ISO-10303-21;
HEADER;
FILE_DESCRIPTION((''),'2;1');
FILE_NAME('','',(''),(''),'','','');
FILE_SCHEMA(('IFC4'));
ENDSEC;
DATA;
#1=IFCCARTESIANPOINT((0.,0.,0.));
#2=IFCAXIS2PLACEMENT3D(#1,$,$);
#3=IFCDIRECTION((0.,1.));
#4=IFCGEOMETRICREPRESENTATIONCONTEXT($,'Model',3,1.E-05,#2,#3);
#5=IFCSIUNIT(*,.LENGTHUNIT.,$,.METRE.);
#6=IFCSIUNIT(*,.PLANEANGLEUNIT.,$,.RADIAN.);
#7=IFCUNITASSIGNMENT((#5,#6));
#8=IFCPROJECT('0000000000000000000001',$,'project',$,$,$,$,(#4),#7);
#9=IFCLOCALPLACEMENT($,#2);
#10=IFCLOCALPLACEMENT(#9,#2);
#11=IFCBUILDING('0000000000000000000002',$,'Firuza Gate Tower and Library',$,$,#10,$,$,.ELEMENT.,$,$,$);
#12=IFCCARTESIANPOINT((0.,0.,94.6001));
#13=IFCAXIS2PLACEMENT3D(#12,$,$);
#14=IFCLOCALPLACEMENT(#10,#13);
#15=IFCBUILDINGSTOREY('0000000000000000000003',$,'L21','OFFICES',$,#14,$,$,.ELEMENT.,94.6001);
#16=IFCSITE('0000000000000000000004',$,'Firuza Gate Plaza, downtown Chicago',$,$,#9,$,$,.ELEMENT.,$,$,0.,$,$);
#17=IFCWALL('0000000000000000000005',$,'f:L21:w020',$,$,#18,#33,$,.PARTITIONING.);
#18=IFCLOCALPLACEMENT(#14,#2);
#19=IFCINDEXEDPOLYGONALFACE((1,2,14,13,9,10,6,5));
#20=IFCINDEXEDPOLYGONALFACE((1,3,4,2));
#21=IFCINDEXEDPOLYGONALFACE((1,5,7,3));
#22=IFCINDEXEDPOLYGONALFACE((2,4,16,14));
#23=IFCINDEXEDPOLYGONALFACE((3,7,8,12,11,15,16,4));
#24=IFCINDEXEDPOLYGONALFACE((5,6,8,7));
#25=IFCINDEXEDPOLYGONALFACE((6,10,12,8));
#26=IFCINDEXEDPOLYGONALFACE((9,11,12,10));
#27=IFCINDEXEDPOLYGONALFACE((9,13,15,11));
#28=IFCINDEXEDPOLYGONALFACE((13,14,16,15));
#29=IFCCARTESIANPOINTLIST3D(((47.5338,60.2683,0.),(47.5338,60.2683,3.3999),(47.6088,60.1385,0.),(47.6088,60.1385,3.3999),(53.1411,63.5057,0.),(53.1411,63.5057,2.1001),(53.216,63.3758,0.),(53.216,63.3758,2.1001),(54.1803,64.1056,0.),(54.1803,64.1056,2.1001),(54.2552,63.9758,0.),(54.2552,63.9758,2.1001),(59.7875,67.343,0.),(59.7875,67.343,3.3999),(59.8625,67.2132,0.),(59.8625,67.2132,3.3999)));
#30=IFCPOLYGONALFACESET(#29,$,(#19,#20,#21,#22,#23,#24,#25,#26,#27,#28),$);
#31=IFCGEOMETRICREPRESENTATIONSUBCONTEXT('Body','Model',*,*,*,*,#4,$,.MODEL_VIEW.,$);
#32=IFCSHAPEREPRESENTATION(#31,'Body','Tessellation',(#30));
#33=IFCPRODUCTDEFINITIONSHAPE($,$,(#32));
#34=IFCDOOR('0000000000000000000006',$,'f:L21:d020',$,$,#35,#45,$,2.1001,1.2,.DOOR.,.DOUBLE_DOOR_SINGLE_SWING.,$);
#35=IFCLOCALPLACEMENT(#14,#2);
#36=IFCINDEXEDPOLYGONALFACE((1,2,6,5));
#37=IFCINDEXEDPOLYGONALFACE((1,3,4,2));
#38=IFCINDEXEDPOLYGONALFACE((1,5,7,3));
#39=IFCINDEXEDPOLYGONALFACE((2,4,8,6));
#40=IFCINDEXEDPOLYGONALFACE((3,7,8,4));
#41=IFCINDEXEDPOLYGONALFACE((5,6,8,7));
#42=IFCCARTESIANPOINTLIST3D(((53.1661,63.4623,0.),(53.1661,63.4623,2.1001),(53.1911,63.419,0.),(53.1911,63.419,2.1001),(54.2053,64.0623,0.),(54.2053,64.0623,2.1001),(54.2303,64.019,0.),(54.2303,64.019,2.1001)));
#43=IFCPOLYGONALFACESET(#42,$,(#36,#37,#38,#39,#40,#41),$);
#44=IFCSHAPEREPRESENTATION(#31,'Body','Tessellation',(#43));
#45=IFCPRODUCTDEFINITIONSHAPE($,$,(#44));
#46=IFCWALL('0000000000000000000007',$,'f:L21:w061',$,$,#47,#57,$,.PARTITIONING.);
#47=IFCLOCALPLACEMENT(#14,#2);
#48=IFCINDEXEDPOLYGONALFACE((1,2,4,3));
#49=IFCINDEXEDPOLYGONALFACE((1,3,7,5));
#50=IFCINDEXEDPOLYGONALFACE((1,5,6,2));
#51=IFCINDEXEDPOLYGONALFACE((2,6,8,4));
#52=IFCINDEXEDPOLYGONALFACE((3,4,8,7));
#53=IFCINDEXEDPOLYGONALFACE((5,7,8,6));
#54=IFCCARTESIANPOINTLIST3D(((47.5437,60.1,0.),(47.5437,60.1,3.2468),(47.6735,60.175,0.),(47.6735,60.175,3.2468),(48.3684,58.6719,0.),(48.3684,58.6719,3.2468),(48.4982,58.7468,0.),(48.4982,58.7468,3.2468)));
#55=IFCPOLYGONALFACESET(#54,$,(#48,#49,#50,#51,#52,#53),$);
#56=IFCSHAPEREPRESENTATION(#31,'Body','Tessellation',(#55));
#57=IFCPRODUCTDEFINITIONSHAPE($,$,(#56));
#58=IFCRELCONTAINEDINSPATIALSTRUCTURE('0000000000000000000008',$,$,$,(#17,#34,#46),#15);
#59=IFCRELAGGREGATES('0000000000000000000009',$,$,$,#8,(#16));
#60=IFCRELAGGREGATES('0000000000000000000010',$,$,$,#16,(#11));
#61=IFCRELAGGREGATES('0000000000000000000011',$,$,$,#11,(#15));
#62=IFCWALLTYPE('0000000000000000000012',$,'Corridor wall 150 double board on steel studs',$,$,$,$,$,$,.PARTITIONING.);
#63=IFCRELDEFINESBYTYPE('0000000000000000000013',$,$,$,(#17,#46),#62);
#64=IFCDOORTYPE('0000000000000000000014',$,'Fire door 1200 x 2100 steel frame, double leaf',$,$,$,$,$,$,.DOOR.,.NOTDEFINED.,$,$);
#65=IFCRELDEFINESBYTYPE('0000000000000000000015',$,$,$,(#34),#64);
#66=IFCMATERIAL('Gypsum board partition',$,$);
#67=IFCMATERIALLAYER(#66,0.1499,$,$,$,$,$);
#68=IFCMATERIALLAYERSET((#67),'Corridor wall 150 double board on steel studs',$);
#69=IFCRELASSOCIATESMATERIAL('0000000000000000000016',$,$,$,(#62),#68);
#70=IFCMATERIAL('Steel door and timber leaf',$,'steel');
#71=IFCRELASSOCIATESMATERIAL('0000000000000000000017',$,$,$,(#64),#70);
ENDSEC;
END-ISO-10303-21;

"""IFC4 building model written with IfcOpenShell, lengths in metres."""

from ifc_helpers import new_model, si_unit, direction, frame, frame_2d, origin, place, context, subcontext, project, spatial, rectangle, extrude, material, layer, layer_set, type_object, element, fill, save


model = new_model("IFC4")

# Units and contexts
model_context = context("Model", 3, precision=1e-05, world=origin(), true_north=direction((0.0, 1.0)))
body_context = subcontext(model_context, "Body", "Model", "MODEL_VIEW")
ifc_project = project(units=[si_unit("LENGTHUNIT", "METRE"), si_unit("PLANEANGLEUNIT", "RADIAN")], contexts=[model_context])

# Site, building, storey
site_placement = place(None, origin())
site = spatial("IfcSite", under=ifc_project, at=site_placement, Name="Firuza Gate Plaza, downtown Chicago", CompositionType="ELEMENT", RefElevation=0.0)
building_placement = place(site_placement, origin())
building = spatial("IfcBuilding", under=site, at=building_placement, Name="Firuza Gate Tower and Library", CompositionType="ELEMENT")
storey_placement = place(building_placement, frame((0.0, 0.0, 94.6001)))
storey = spatial("IfcBuildingStorey", under=building, at=storey_placement, Name="L21", Description="OFFICES", CompositionType="ELEMENT", Elevation=94.6001)

# Shared definitions
ifc_material_1 = material(Name="Gypsum board partition")
ifc_layer_1 = layer(ifc_material_1, 0.1499)
ifc_layer_set_1 = layer_set([ifc_layer_1], Name="Corridor wall 150 double board on steel studs")
wall_type = type_object("IfcWallType", Name="Corridor wall 150 double board on steel studs", PredefinedType="PARTITIONING", material=ifc_layer_set_1)

# Wall, opening, door
wall_1_placement = place(storey_placement, frame((47.5713, 60.2034, 0.0), z_axis=(0.0, 0.0, 1.0), x_axis=(0.866024, 0.500003, 0.0)))
wall_1 = element("IfcWall", 1, at=wall_1_placement, inside=storey, type_object=wall_type, Name="f:L21:w020", PredefinedType="PARTITIONING", context=body_context, shape_type="SweptSolid", body=[
    extrude(rectangle(XDim=14.1494, YDim=0.1499, at=frame_2d((7.0747, 0.0))), origin(), (0.0, 0.0, 1.0), 3.3999),
])
opening_placement = place(wall_1_placement, frame((6.4746, 0.0, 0.0)))
opening = element("IfcOpeningElement", 2, at=opening_placement, cuts=wall_1, PredefinedType="OPENING", context=body_context, shape_type="SweptSolid", body=[
    extrude(rectangle(XDim=1.2, YDim=2.1001, at=frame_2d((0.6001, 1.05))), frame((0.0, 0.085, 0.0), z_axis=(0.0, -1.0, 0.0), x_axis=(1.0, 0.0, 0.0)), (0.0, 0.0, 1.0), 0.1699),
])
ifc_material_2 = material(Name="Steel door and timber leaf", Category="steel")
door_type = type_object("IfcDoorType", Name="Fire door 1200 x 2100 steel frame, double leaf", OperationType="NOTDEFINED", PredefinedType="DOOR", material=ifc_material_2)
door_placement = place(opening_placement, origin())
door = element("IfcDoor", 3, at=door_placement, inside=storey, type_object=door_type, Name="f:L21:d020", OperationType="DOUBLE_DOOR_SINGLE_SWING", OverallHeight=2.1001, OverallWidth=1.2, PredefinedType="DOOR", context=body_context, shape_type="SweptSolid", body=[
    extrude(rectangle(XDim=1.2, YDim=2.1001, at=frame_2d((0.6001, 1.05))), frame((0.0, 0.0249, 0.0), z_axis=(0.0, -1.0, 0.0), x_axis=(1.0, 0.0, 0.0)), (0.0, 0.0, 1.0), 0.05),
])
fill(opening, door)

# Wall
wall_2_placement = place(storey_placement, frame((48.4333, 58.7092, 0.0), z_axis=(0.0, 0.0, 1.0), x_axis=(-0.500056, 0.865993, 0.0)))
element("IfcWall", 4, at=wall_2_placement, inside=storey, type_object=wall_type, Name="f:L21:w061", PredefinedType="PARTITIONING", context=body_context, shape_type="SweptSolid", body=[
    extrude(rectangle(XDim=1.6492, YDim=0.1499, at=frame_2d((0.8247, 0.0))), origin(), (0.0, 0.0, 1.0), 3.2468),
])

save(model, "model.ifc")
